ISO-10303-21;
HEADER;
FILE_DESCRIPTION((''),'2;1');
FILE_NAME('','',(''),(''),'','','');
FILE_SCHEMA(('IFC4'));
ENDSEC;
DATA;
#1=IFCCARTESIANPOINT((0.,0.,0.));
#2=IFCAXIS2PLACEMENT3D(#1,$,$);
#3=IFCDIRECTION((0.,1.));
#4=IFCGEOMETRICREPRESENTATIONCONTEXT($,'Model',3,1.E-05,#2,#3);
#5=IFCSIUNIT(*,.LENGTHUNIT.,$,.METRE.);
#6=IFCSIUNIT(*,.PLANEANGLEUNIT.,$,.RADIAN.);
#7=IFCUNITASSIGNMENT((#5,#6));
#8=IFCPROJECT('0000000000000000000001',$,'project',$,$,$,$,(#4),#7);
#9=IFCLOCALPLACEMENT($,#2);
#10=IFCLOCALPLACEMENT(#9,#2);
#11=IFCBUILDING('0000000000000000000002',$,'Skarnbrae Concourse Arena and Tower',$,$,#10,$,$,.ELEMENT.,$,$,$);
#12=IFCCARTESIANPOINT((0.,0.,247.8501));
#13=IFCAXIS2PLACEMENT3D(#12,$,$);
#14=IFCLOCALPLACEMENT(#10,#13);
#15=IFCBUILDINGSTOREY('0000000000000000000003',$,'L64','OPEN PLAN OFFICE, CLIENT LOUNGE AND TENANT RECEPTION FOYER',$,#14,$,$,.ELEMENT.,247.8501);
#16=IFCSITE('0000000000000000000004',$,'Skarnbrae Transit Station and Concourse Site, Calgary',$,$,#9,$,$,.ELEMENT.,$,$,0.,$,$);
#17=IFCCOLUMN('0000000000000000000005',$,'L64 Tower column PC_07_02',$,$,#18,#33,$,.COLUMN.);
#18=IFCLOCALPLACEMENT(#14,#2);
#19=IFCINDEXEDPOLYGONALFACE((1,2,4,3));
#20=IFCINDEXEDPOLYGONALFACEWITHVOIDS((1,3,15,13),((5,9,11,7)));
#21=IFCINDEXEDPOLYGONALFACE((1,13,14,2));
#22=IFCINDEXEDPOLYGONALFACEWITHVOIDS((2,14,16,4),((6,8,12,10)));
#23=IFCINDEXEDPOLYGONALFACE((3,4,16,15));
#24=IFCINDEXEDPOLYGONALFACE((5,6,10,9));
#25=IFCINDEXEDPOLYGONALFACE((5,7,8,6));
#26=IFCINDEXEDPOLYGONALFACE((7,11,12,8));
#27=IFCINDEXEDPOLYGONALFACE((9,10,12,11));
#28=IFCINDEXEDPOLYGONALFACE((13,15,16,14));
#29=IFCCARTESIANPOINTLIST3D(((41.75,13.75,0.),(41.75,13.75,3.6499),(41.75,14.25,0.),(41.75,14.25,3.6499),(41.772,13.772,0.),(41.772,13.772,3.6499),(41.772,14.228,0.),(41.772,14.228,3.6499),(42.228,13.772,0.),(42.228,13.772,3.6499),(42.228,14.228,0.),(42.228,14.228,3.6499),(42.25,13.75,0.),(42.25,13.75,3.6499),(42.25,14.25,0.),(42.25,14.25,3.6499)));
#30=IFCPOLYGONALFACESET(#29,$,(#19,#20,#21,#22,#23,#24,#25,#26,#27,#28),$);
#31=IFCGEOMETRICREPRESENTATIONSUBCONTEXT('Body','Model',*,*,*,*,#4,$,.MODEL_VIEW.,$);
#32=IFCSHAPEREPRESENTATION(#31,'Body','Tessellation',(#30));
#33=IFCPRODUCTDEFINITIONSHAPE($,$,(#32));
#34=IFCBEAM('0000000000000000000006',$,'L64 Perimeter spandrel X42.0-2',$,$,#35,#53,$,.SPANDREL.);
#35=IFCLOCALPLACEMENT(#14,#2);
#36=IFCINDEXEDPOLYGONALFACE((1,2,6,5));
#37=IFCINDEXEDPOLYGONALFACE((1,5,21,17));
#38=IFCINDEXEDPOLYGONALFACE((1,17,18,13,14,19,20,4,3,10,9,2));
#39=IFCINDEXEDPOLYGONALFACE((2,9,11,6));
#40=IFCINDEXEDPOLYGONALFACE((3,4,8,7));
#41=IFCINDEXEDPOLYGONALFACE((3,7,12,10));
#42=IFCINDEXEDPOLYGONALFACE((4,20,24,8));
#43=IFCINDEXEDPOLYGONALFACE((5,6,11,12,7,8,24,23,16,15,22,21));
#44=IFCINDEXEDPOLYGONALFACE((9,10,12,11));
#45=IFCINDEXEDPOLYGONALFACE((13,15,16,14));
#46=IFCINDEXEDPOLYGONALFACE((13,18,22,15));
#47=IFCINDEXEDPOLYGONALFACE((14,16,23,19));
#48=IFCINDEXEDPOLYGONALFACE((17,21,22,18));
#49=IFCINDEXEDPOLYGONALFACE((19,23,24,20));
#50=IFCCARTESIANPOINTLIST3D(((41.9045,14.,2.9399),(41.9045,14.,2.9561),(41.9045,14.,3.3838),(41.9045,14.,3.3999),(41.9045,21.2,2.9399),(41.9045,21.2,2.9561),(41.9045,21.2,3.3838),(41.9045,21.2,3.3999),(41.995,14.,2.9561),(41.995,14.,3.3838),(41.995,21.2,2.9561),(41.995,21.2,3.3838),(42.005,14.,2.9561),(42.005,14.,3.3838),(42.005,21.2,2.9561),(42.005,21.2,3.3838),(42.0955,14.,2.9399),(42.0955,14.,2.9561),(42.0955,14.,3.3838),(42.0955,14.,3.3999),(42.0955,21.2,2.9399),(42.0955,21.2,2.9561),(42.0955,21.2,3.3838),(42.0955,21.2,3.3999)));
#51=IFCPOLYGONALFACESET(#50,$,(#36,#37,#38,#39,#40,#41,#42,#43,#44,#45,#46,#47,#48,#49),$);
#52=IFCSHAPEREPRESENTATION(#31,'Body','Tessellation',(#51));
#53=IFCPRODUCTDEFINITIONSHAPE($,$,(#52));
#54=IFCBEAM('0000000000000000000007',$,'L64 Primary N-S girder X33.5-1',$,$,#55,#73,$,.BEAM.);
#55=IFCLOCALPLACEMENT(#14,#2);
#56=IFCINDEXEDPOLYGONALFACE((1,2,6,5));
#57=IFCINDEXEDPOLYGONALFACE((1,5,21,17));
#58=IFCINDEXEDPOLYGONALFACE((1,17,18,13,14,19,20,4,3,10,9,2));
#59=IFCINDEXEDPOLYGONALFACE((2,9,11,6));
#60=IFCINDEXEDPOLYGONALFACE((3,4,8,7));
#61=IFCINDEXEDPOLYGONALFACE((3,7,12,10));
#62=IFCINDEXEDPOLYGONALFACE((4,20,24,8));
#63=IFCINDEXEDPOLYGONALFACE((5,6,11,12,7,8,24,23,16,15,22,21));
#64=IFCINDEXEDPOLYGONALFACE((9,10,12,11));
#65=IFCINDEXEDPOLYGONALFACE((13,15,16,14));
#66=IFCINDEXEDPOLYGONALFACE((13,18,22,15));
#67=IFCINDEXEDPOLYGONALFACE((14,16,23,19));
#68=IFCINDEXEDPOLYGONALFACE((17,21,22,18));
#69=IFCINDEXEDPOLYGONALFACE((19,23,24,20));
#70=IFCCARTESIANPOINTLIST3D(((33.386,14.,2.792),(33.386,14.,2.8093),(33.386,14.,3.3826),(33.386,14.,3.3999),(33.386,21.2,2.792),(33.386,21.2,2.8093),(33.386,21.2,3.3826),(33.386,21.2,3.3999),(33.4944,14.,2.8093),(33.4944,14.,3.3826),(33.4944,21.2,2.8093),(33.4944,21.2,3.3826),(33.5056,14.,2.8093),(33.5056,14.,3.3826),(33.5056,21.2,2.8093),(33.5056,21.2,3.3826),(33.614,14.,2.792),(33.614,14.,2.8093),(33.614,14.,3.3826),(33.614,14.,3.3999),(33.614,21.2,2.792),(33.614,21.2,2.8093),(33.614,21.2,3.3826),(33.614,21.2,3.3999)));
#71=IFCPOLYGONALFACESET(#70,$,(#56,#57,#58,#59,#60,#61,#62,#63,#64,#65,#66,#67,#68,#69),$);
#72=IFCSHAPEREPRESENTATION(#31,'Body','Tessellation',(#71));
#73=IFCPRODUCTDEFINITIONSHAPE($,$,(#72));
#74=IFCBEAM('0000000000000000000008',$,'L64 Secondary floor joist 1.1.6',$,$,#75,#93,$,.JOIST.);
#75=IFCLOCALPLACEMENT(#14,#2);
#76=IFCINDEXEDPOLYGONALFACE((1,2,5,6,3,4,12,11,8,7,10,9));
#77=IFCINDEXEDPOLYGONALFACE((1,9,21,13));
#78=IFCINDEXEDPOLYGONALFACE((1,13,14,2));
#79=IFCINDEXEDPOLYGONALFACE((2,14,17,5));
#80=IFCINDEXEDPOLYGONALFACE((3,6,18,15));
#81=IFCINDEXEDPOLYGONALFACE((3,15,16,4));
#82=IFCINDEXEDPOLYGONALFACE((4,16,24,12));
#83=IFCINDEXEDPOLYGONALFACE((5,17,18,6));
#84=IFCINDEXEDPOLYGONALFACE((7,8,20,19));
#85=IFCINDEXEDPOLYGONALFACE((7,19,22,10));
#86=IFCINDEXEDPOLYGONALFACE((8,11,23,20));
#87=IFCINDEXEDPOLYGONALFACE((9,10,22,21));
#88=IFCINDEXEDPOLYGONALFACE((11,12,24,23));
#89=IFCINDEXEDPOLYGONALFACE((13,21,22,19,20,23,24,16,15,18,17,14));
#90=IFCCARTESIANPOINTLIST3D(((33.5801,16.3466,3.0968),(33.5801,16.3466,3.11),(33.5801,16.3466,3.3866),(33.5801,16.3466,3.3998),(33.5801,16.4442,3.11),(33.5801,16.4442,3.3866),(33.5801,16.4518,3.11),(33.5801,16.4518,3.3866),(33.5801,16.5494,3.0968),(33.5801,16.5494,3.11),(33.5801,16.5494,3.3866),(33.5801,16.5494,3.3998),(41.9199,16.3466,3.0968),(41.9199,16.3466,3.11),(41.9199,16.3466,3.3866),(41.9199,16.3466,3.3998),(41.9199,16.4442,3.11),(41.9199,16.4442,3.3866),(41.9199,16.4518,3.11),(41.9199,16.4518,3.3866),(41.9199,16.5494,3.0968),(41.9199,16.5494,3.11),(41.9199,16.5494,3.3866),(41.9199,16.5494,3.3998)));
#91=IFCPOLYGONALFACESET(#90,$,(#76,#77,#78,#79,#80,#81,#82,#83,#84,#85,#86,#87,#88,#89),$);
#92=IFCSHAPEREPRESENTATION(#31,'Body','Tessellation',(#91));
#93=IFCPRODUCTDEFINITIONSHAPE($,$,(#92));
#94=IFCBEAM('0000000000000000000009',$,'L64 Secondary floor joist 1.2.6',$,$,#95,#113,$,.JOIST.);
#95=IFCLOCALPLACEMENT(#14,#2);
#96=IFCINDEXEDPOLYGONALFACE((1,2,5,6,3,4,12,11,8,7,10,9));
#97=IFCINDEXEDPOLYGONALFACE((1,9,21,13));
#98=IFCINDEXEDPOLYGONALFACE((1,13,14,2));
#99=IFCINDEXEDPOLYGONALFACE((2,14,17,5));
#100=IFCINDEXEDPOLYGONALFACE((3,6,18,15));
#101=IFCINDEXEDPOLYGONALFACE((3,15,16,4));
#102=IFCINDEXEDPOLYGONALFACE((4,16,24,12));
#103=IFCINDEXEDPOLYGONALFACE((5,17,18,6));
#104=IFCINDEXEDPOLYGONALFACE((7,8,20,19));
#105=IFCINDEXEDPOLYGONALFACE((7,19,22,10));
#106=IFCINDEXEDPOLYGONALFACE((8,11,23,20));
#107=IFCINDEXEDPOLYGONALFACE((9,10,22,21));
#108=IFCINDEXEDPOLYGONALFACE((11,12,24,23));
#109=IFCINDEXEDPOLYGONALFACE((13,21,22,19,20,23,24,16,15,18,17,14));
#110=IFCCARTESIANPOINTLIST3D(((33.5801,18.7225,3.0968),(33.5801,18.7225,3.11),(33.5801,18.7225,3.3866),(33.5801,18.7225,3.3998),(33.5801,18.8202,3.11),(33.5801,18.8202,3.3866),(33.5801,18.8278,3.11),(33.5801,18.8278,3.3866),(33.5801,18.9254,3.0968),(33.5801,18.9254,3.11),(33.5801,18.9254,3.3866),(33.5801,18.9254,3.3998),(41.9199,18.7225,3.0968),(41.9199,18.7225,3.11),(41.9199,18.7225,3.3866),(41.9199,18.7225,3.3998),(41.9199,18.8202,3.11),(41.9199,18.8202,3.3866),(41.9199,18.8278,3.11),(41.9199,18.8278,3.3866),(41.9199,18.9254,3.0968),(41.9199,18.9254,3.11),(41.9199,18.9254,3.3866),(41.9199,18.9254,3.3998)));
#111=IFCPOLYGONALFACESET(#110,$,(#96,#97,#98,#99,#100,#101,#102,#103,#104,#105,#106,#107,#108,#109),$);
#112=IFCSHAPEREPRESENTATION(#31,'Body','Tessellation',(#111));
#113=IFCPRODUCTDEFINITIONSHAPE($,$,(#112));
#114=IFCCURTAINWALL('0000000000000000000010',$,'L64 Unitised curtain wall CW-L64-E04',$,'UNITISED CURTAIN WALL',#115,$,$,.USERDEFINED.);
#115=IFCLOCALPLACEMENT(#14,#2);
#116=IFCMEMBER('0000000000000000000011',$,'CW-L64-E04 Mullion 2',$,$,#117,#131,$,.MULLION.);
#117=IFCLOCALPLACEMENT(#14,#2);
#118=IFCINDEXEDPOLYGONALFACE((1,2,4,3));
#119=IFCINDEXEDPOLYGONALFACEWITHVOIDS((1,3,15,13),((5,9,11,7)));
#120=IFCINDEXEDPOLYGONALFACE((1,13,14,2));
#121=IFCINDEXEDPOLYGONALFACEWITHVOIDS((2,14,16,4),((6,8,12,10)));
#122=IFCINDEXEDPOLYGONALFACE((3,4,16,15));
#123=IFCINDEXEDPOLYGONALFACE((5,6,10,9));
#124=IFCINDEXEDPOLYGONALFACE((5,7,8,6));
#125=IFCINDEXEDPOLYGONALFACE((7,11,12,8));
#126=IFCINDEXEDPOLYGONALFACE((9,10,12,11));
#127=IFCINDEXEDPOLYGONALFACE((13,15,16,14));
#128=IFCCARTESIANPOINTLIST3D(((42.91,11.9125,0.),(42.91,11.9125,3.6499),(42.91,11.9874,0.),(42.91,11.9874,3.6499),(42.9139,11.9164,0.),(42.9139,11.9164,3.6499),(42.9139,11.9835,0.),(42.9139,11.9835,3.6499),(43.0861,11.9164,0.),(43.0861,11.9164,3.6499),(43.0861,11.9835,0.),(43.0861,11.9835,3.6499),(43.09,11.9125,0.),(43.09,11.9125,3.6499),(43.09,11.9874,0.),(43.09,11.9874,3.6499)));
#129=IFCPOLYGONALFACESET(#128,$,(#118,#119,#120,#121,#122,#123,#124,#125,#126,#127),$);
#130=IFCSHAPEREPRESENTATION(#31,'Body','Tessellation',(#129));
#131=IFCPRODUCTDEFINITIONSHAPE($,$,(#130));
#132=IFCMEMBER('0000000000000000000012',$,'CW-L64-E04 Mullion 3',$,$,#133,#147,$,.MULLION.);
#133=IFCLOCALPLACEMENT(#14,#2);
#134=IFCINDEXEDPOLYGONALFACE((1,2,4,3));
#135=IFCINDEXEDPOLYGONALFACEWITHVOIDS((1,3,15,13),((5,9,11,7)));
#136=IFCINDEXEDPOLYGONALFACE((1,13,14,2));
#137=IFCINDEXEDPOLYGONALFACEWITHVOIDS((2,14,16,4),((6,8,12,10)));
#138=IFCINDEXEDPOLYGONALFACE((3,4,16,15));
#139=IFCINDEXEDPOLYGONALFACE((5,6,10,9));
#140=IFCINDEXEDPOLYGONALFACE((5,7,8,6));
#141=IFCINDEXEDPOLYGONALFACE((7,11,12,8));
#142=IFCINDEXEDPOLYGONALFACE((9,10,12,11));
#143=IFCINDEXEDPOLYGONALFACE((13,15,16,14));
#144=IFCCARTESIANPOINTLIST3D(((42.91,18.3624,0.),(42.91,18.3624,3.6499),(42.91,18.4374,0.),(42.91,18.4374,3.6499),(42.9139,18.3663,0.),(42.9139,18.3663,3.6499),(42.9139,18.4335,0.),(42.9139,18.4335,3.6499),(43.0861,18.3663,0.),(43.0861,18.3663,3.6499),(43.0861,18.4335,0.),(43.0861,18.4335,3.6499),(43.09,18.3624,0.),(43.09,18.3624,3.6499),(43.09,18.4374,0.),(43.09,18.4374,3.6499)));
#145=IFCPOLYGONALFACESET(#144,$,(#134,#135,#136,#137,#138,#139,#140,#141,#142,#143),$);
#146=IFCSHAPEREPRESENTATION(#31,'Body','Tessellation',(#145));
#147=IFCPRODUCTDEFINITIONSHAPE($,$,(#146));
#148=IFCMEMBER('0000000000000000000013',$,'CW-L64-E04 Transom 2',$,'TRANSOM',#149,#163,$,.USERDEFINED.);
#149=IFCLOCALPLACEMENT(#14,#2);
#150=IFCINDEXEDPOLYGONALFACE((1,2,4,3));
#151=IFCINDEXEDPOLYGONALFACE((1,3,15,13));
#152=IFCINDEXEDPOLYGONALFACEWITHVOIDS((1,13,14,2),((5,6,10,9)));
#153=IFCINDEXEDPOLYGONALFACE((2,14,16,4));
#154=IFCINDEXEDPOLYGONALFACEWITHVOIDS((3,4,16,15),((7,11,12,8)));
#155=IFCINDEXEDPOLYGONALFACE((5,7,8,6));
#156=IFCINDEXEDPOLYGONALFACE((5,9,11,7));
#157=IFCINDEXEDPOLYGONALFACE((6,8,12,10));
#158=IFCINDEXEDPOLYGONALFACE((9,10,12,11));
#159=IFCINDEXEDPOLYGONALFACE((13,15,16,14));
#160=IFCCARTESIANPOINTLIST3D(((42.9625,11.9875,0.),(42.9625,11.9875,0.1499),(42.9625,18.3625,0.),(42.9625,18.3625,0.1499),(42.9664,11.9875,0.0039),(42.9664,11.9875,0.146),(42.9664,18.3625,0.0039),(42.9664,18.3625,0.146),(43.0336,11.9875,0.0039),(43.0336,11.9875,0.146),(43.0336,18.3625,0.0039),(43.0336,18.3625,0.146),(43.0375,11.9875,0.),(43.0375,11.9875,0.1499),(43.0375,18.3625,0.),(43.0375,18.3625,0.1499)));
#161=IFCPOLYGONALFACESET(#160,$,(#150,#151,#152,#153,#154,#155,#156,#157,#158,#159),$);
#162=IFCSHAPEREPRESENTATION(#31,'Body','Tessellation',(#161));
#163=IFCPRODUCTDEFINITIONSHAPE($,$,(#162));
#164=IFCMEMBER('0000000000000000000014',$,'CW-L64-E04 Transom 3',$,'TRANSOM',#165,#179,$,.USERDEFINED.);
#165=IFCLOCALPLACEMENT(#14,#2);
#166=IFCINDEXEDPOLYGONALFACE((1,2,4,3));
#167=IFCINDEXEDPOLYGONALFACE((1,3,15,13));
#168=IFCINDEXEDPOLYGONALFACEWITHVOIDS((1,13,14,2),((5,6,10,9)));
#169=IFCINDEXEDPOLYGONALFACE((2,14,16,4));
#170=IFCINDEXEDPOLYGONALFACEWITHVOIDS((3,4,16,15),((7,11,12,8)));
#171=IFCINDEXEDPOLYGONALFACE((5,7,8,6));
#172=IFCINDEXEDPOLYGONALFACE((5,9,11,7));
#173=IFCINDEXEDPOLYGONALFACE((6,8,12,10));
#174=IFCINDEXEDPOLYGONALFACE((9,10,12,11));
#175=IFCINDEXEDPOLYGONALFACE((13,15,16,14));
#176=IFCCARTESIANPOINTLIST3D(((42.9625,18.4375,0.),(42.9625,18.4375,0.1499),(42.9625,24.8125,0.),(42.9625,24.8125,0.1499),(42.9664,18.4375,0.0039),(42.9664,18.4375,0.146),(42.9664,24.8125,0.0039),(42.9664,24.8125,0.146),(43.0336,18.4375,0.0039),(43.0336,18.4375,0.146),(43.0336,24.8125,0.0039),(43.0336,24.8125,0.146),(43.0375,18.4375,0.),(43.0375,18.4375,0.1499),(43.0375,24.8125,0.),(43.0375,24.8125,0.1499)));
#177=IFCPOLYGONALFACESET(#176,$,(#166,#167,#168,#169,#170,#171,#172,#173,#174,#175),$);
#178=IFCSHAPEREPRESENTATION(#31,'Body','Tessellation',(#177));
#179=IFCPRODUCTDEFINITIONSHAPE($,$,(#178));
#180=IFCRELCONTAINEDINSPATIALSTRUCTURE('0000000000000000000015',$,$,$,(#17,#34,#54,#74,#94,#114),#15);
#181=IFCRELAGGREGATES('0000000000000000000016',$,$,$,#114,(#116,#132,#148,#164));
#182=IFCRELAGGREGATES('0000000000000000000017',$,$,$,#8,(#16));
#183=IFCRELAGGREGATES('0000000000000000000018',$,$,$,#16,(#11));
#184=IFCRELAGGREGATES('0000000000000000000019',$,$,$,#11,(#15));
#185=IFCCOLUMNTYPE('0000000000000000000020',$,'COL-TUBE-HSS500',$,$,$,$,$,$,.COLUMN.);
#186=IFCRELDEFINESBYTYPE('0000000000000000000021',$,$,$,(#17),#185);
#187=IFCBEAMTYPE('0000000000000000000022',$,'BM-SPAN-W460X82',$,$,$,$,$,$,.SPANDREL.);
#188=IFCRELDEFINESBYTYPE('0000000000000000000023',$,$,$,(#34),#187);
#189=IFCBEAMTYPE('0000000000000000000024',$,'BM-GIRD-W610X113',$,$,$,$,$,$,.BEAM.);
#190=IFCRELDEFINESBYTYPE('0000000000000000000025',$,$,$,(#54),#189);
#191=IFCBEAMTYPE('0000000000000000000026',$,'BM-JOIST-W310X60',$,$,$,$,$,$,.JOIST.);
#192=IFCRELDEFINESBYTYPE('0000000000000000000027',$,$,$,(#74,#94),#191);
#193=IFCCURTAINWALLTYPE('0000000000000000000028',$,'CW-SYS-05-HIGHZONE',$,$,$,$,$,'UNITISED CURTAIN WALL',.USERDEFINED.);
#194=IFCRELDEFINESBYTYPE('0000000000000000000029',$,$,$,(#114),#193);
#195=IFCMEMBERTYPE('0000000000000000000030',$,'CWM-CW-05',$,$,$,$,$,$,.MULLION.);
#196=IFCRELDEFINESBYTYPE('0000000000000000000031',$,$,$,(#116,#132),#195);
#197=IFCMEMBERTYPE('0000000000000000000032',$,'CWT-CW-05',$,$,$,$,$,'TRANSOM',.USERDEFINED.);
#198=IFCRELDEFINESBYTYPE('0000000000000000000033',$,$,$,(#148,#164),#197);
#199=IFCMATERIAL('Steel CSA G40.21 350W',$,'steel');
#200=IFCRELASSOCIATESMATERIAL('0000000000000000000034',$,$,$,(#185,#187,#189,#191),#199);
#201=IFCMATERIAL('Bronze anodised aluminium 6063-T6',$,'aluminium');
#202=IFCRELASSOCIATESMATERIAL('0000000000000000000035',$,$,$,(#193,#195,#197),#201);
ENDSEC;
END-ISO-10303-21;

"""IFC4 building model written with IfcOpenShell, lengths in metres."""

from ifc_helpers import new_model, si_unit, direction, frame, origin, origin_2d, place, context, subcontext, project, spatial, hollow_rectangle, i_section, extrude, source, transform, mapped, material, material_profile, profile_set, type_object, element, aggregate, save


model = new_model("IFC4")

# Units and contexts
model_context = context("Model", 3, precision=1e-05, world=origin(), true_north=direction((0.0, 1.0)))
body_context = subcontext(model_context, "Body", "Model", "MODEL_VIEW")
ifc_project = project(units=[si_unit("LENGTHUNIT", "METRE"), si_unit("PLANEANGLEUNIT", "RADIAN")], contexts=[model_context])

# Site, building, storey
site_placement = place(None, origin())
site = spatial("IfcSite", under=ifc_project, at=site_placement, Name="Skarnbrae Transit Station and Concourse Site, Calgary", CompositionType="ELEMENT", RefElevation=0.0)
building_placement = place(site_placement, origin())
building = spatial("IfcBuilding", under=site, at=building_placement, Name="Skarnbrae Concourse Arena and Tower", CompositionType="ELEMENT")
storey_placement = place(building_placement, frame((0.0, 0.0, 247.8501)))
storey = spatial("IfcBuildingStorey", under=building, at=storey_placement, Name="L64", Description="OPEN PLAN OFFICE, CLIENT LOUNGE AND TENANT RECEPTION FOYER", CompositionType="ELEMENT", Elevation=247.8501)

# Column
ifc_material_1 = material(Name="Steel CSA G40.21 350W", Category="steel")
ifc_material_profile_1 = material_profile(ifc_material_1, hollow_rectangle(XDim=0.5, YDim=0.5, WallThickness=0.022, at=origin_2d()), Name="HSS500X500X22.0")
ifc_profile_set_1 = profile_set([ifc_material_profile_1], Name="Steel CSA G40.21 350W")
column_type = type_object("IfcColumnType", Name="COL-TUBE-HSS500", PredefinedType="COLUMN", material=ifc_profile_set_1)
shared_shape_1 = source(origin(), body_context, "Body", "SweptSolid", [
    extrude(hollow_rectangle(XDim=0.5, YDim=0.5, WallThickness=0.022, at=origin_2d()), origin(), (0.0, 0.0, 1.0), 3.6499),
])
column_placement = place(storey_placement, frame((42.0, 14.0, 0.0), z_axis=(0.0, 0.0, 1.0), x_axis=(1.0, 0.0, 0.0)))
element("IfcColumn", 1, at=column_placement, inside=storey, type_object=column_type, Name="L64 Tower column PC_07_02", PredefinedType="COLUMN", context=body_context, shape_type="MappedRepresentation", body=[
    mapped(shared_shape_1, transform((0.0, 0.0, 0.0))),
])

# Beams
ifc_material_profile_2 = material_profile(ifc_material_1, i_section(OverallWidth=0.1909, OverallDepth=0.46, WebThickness=0.01, FlangeThickness=0.0161, at=origin_2d()), Name="W460X82")
ifc_profile_set_2 = profile_set([ifc_material_profile_2], Name="Steel CSA G40.21 350W")
beam_type_1 = type_object("IfcBeamType", Name="BM-SPAN-W460X82", PredefinedType="SPANDREL", material=ifc_profile_set_2)
shared_shape_2 = source(origin(), body_context, "Body", "SweptSolid", [
    extrude(i_section(OverallWidth=0.1909, OverallDepth=0.46, WebThickness=0.01, FlangeThickness=0.0161, at=origin_2d()), origin(), (0.0, 0.0, 1.0), 7.2),
])
beam_1_placement = place(storey_placement, frame((42.0, 14.0, 3.1699), z_axis=(0.0, 1.0, 0.0), x_axis=(-1.0, 0.0, 0.0)))
element("IfcBeam", 2, at=beam_1_placement, inside=storey, type_object=beam_type_1, Name="L64 Perimeter spandrel X42.0-2", PredefinedType="SPANDREL", context=body_context, shape_type="MappedRepresentation", body=[
    mapped(shared_shape_2, transform((0.0, 0.0, 0.0))),
])
ifc_material_profile_3 = material_profile(ifc_material_1, i_section(OverallWidth=0.228, OverallDepth=0.6079, WebThickness=0.0112, FlangeThickness=0.0173, at=origin_2d()), Name="W610X113")
ifc_profile_set_3 = profile_set([ifc_material_profile_3], Name="Steel CSA G40.21 350W")
beam_type_2 = type_object("IfcBeamType", Name="BM-GIRD-W610X113", PredefinedType="BEAM", material=ifc_profile_set_3)
shared_shape_3 = source(origin(), body_context, "Body", "SweptSolid", [
    extrude(i_section(OverallWidth=0.228, OverallDepth=0.6079, WebThickness=0.0112, FlangeThickness=0.0173, at=origin_2d()), origin(), (0.0, 0.0, 1.0), 7.2),
])
beam_2_placement = place(storey_placement, frame((33.5, 14.0, 3.0959), z_axis=(0.0, 1.0, 0.0), x_axis=(-1.0, 0.0, 0.0)))
element("IfcBeam", 3, at=beam_2_placement, inside=storey, type_object=beam_type_2, Name="L64 Primary N-S girder X33.5-1", PredefinedType="BEAM", context=body_context, shape_type="MappedRepresentation", body=[
    mapped(shared_shape_3, transform((0.0, 0.0, 0.0))),
])
ifc_material_profile_4 = material_profile(ifc_material_1, i_section(OverallWidth=0.2029, OverallDepth=0.303, WebThickness=0.0076, FlangeThickness=0.0132, at=origin_2d()), Name="W310X60")
ifc_profile_set_4 = profile_set([ifc_material_profile_4], Name="Steel CSA G40.21 350W")
beam_type_3 = type_object("IfcBeamType", Name="BM-JOIST-W310X60", PredefinedType="JOIST", material=ifc_profile_set_4)
shared_shape_4 = source(origin(), body_context, "Body", "SweptSolid", [
    extrude(i_section(OverallWidth=0.2029, OverallDepth=0.303, WebThickness=0.0076, FlangeThickness=0.0132, at=origin_2d()), origin(), (0.0, 0.0, 1.0), 8.3398),
])
for number, where, z_axis, x_axis, name in (
    (4, (33.5801, 16.448, 3.2483), (1.0, 0.0, 0.0), (0.0, 1.0, 0.0), "L64 Secondary floor joist 1.1.6"),
    (5, (33.5801, 18.824, 3.2483), (1.0, 0.0, 0.0), (0.0, 1.0, 0.0), "L64 Secondary floor joist 1.2.6"),
):
    element("IfcBeam", number, at=place(storey_placement, frame(where, z_axis=z_axis, x_axis=x_axis)), inside=storey, type_object=beam_type_3, Name=name, PredefinedType="JOIST", context=body_context, shape_type="MappedRepresentation", body=[
        mapped(shared_shape_4, transform((0.0, 0.0, 0.0))),
    ])

# Curtain wall, members
ifc_material_2 = material(Name="Bronze anodised aluminium 6063-T6", Category="aluminium")
curtain_wall_type = type_object("IfcCurtainWallType", Name="CW-SYS-05-HIGHZONE", ElementType="UNITISED CURTAIN WALL", PredefinedType="USERDEFINED", material=ifc_material_2)
curtain_wall_placement = place(storey_placement, origin())
curtain_wall = element("IfcCurtainWall", 6, at=curtain_wall_placement, inside=storey, type_object=curtain_wall_type, Name="L64 Unitised curtain wall CW-L64-E04", ObjectType="UNITISED CURTAIN WALL", PredefinedType="USERDEFINED")
ifc_material_profile_5 = material_profile(ifc_material_2, hollow_rectangle(XDim=0.075, YDim=0.1799, WallThickness=0.0039, at=origin_2d()), Name="ALU-MULL-75X180")
ifc_profile_set_5 = profile_set([ifc_material_profile_5], Name="Bronze anodised aluminium 6063-T6")
member_type_1 = type_object("IfcMemberType", Name="CWM-CW-05", PredefinedType="MULLION", material=ifc_profile_set_5)
shared_shape_5 = source(origin(), body_context, "Body", "SweptSolid", [
    extrude(hollow_rectangle(XDim=0.075, YDim=0.1799, WallThickness=0.0039, at=origin_2d()), origin(), (0.0, 0.0, 1.0), 3.6499),
])
member_1_placement = place(storey_placement, frame((43.0, 11.95, 0.0), z_axis=(0.0, 0.0, 1.0), x_axis=(0.0, 1.0, 0.0)))
member_1 = element("IfcMember", 7, at=member_1_placement, type_object=member_type_1, Name="CW-L64-E04 Mullion 2", PredefinedType="MULLION", context=body_context, shape_type="MappedRepresentation", body=[
    mapped(shared_shape_5, transform((0.0, 0.0, 0.0))),
])
member_2_placement = place(storey_placement, frame((43.0, 18.3999, 0.0), z_axis=(0.0, 0.0, 1.0), x_axis=(0.0, 1.0, 0.0)))
member_2 = element("IfcMember", 8, at=member_2_placement, type_object=member_type_1, Name="CW-L64-E04 Mullion 3", PredefinedType="MULLION", context=body_context, shape_type="MappedRepresentation", body=[
    mapped(shared_shape_5, transform((0.0, 0.0, 0.0))),
])
ifc_material_profile_6 = material_profile(ifc_material_2, hollow_rectangle(XDim=0.075, YDim=0.1499, WallThickness=0.0039, at=origin_2d()), Name="ALU-TRAN-75X150")
ifc_profile_set_6 = profile_set([ifc_material_profile_6], Name="Bronze anodised aluminium 6063-T6")
member_type_2 = type_object("IfcMemberType", Name="CWT-CW-05", ElementType="TRANSOM", PredefinedType="USERDEFINED", material=ifc_profile_set_6)
shared_shape_6 = source(origin(), body_context, "Body", "SweptSolid", [
    extrude(hollow_rectangle(XDim=0.075, YDim=0.1499, WallThickness=0.0039, at=origin_2d()), origin(), (0.0, 0.0, 1.0), 6.375),
])
member_3_placement = place(storey_placement, frame((43.0, 11.9875, 0.075), z_axis=(0.0, 1.0, 0.0), x_axis=(-1.0, 0.0, 0.0)))
member_3 = element("IfcMember", 9, at=member_3_placement, type_object=member_type_2, Name="CW-L64-E04 Transom 2", ObjectType="TRANSOM", PredefinedType="USERDEFINED", context=body_context, shape_type="MappedRepresentation", body=[
    mapped(shared_shape_6, transform((0.0, 0.0, 0.0))),
])
member_4_placement = place(storey_placement, frame((43.0, 18.4375, 0.075), z_axis=(0.0, 1.0, 0.0), x_axis=(-1.0, 0.0, 0.0)))
member_4 = element("IfcMember", 10, at=member_4_placement, type_object=member_type_2, Name="CW-L64-E04 Transom 3", ObjectType="TRANSOM", PredefinedType="USERDEFINED", context=body_context, shape_type="MappedRepresentation", body=[
    mapped(shared_shape_6, transform((0.0, 0.0, 0.0))),
])
aggregate(curtain_wall, [member_1, member_2, member_3, member_4])

save(model, "model.ifc")
